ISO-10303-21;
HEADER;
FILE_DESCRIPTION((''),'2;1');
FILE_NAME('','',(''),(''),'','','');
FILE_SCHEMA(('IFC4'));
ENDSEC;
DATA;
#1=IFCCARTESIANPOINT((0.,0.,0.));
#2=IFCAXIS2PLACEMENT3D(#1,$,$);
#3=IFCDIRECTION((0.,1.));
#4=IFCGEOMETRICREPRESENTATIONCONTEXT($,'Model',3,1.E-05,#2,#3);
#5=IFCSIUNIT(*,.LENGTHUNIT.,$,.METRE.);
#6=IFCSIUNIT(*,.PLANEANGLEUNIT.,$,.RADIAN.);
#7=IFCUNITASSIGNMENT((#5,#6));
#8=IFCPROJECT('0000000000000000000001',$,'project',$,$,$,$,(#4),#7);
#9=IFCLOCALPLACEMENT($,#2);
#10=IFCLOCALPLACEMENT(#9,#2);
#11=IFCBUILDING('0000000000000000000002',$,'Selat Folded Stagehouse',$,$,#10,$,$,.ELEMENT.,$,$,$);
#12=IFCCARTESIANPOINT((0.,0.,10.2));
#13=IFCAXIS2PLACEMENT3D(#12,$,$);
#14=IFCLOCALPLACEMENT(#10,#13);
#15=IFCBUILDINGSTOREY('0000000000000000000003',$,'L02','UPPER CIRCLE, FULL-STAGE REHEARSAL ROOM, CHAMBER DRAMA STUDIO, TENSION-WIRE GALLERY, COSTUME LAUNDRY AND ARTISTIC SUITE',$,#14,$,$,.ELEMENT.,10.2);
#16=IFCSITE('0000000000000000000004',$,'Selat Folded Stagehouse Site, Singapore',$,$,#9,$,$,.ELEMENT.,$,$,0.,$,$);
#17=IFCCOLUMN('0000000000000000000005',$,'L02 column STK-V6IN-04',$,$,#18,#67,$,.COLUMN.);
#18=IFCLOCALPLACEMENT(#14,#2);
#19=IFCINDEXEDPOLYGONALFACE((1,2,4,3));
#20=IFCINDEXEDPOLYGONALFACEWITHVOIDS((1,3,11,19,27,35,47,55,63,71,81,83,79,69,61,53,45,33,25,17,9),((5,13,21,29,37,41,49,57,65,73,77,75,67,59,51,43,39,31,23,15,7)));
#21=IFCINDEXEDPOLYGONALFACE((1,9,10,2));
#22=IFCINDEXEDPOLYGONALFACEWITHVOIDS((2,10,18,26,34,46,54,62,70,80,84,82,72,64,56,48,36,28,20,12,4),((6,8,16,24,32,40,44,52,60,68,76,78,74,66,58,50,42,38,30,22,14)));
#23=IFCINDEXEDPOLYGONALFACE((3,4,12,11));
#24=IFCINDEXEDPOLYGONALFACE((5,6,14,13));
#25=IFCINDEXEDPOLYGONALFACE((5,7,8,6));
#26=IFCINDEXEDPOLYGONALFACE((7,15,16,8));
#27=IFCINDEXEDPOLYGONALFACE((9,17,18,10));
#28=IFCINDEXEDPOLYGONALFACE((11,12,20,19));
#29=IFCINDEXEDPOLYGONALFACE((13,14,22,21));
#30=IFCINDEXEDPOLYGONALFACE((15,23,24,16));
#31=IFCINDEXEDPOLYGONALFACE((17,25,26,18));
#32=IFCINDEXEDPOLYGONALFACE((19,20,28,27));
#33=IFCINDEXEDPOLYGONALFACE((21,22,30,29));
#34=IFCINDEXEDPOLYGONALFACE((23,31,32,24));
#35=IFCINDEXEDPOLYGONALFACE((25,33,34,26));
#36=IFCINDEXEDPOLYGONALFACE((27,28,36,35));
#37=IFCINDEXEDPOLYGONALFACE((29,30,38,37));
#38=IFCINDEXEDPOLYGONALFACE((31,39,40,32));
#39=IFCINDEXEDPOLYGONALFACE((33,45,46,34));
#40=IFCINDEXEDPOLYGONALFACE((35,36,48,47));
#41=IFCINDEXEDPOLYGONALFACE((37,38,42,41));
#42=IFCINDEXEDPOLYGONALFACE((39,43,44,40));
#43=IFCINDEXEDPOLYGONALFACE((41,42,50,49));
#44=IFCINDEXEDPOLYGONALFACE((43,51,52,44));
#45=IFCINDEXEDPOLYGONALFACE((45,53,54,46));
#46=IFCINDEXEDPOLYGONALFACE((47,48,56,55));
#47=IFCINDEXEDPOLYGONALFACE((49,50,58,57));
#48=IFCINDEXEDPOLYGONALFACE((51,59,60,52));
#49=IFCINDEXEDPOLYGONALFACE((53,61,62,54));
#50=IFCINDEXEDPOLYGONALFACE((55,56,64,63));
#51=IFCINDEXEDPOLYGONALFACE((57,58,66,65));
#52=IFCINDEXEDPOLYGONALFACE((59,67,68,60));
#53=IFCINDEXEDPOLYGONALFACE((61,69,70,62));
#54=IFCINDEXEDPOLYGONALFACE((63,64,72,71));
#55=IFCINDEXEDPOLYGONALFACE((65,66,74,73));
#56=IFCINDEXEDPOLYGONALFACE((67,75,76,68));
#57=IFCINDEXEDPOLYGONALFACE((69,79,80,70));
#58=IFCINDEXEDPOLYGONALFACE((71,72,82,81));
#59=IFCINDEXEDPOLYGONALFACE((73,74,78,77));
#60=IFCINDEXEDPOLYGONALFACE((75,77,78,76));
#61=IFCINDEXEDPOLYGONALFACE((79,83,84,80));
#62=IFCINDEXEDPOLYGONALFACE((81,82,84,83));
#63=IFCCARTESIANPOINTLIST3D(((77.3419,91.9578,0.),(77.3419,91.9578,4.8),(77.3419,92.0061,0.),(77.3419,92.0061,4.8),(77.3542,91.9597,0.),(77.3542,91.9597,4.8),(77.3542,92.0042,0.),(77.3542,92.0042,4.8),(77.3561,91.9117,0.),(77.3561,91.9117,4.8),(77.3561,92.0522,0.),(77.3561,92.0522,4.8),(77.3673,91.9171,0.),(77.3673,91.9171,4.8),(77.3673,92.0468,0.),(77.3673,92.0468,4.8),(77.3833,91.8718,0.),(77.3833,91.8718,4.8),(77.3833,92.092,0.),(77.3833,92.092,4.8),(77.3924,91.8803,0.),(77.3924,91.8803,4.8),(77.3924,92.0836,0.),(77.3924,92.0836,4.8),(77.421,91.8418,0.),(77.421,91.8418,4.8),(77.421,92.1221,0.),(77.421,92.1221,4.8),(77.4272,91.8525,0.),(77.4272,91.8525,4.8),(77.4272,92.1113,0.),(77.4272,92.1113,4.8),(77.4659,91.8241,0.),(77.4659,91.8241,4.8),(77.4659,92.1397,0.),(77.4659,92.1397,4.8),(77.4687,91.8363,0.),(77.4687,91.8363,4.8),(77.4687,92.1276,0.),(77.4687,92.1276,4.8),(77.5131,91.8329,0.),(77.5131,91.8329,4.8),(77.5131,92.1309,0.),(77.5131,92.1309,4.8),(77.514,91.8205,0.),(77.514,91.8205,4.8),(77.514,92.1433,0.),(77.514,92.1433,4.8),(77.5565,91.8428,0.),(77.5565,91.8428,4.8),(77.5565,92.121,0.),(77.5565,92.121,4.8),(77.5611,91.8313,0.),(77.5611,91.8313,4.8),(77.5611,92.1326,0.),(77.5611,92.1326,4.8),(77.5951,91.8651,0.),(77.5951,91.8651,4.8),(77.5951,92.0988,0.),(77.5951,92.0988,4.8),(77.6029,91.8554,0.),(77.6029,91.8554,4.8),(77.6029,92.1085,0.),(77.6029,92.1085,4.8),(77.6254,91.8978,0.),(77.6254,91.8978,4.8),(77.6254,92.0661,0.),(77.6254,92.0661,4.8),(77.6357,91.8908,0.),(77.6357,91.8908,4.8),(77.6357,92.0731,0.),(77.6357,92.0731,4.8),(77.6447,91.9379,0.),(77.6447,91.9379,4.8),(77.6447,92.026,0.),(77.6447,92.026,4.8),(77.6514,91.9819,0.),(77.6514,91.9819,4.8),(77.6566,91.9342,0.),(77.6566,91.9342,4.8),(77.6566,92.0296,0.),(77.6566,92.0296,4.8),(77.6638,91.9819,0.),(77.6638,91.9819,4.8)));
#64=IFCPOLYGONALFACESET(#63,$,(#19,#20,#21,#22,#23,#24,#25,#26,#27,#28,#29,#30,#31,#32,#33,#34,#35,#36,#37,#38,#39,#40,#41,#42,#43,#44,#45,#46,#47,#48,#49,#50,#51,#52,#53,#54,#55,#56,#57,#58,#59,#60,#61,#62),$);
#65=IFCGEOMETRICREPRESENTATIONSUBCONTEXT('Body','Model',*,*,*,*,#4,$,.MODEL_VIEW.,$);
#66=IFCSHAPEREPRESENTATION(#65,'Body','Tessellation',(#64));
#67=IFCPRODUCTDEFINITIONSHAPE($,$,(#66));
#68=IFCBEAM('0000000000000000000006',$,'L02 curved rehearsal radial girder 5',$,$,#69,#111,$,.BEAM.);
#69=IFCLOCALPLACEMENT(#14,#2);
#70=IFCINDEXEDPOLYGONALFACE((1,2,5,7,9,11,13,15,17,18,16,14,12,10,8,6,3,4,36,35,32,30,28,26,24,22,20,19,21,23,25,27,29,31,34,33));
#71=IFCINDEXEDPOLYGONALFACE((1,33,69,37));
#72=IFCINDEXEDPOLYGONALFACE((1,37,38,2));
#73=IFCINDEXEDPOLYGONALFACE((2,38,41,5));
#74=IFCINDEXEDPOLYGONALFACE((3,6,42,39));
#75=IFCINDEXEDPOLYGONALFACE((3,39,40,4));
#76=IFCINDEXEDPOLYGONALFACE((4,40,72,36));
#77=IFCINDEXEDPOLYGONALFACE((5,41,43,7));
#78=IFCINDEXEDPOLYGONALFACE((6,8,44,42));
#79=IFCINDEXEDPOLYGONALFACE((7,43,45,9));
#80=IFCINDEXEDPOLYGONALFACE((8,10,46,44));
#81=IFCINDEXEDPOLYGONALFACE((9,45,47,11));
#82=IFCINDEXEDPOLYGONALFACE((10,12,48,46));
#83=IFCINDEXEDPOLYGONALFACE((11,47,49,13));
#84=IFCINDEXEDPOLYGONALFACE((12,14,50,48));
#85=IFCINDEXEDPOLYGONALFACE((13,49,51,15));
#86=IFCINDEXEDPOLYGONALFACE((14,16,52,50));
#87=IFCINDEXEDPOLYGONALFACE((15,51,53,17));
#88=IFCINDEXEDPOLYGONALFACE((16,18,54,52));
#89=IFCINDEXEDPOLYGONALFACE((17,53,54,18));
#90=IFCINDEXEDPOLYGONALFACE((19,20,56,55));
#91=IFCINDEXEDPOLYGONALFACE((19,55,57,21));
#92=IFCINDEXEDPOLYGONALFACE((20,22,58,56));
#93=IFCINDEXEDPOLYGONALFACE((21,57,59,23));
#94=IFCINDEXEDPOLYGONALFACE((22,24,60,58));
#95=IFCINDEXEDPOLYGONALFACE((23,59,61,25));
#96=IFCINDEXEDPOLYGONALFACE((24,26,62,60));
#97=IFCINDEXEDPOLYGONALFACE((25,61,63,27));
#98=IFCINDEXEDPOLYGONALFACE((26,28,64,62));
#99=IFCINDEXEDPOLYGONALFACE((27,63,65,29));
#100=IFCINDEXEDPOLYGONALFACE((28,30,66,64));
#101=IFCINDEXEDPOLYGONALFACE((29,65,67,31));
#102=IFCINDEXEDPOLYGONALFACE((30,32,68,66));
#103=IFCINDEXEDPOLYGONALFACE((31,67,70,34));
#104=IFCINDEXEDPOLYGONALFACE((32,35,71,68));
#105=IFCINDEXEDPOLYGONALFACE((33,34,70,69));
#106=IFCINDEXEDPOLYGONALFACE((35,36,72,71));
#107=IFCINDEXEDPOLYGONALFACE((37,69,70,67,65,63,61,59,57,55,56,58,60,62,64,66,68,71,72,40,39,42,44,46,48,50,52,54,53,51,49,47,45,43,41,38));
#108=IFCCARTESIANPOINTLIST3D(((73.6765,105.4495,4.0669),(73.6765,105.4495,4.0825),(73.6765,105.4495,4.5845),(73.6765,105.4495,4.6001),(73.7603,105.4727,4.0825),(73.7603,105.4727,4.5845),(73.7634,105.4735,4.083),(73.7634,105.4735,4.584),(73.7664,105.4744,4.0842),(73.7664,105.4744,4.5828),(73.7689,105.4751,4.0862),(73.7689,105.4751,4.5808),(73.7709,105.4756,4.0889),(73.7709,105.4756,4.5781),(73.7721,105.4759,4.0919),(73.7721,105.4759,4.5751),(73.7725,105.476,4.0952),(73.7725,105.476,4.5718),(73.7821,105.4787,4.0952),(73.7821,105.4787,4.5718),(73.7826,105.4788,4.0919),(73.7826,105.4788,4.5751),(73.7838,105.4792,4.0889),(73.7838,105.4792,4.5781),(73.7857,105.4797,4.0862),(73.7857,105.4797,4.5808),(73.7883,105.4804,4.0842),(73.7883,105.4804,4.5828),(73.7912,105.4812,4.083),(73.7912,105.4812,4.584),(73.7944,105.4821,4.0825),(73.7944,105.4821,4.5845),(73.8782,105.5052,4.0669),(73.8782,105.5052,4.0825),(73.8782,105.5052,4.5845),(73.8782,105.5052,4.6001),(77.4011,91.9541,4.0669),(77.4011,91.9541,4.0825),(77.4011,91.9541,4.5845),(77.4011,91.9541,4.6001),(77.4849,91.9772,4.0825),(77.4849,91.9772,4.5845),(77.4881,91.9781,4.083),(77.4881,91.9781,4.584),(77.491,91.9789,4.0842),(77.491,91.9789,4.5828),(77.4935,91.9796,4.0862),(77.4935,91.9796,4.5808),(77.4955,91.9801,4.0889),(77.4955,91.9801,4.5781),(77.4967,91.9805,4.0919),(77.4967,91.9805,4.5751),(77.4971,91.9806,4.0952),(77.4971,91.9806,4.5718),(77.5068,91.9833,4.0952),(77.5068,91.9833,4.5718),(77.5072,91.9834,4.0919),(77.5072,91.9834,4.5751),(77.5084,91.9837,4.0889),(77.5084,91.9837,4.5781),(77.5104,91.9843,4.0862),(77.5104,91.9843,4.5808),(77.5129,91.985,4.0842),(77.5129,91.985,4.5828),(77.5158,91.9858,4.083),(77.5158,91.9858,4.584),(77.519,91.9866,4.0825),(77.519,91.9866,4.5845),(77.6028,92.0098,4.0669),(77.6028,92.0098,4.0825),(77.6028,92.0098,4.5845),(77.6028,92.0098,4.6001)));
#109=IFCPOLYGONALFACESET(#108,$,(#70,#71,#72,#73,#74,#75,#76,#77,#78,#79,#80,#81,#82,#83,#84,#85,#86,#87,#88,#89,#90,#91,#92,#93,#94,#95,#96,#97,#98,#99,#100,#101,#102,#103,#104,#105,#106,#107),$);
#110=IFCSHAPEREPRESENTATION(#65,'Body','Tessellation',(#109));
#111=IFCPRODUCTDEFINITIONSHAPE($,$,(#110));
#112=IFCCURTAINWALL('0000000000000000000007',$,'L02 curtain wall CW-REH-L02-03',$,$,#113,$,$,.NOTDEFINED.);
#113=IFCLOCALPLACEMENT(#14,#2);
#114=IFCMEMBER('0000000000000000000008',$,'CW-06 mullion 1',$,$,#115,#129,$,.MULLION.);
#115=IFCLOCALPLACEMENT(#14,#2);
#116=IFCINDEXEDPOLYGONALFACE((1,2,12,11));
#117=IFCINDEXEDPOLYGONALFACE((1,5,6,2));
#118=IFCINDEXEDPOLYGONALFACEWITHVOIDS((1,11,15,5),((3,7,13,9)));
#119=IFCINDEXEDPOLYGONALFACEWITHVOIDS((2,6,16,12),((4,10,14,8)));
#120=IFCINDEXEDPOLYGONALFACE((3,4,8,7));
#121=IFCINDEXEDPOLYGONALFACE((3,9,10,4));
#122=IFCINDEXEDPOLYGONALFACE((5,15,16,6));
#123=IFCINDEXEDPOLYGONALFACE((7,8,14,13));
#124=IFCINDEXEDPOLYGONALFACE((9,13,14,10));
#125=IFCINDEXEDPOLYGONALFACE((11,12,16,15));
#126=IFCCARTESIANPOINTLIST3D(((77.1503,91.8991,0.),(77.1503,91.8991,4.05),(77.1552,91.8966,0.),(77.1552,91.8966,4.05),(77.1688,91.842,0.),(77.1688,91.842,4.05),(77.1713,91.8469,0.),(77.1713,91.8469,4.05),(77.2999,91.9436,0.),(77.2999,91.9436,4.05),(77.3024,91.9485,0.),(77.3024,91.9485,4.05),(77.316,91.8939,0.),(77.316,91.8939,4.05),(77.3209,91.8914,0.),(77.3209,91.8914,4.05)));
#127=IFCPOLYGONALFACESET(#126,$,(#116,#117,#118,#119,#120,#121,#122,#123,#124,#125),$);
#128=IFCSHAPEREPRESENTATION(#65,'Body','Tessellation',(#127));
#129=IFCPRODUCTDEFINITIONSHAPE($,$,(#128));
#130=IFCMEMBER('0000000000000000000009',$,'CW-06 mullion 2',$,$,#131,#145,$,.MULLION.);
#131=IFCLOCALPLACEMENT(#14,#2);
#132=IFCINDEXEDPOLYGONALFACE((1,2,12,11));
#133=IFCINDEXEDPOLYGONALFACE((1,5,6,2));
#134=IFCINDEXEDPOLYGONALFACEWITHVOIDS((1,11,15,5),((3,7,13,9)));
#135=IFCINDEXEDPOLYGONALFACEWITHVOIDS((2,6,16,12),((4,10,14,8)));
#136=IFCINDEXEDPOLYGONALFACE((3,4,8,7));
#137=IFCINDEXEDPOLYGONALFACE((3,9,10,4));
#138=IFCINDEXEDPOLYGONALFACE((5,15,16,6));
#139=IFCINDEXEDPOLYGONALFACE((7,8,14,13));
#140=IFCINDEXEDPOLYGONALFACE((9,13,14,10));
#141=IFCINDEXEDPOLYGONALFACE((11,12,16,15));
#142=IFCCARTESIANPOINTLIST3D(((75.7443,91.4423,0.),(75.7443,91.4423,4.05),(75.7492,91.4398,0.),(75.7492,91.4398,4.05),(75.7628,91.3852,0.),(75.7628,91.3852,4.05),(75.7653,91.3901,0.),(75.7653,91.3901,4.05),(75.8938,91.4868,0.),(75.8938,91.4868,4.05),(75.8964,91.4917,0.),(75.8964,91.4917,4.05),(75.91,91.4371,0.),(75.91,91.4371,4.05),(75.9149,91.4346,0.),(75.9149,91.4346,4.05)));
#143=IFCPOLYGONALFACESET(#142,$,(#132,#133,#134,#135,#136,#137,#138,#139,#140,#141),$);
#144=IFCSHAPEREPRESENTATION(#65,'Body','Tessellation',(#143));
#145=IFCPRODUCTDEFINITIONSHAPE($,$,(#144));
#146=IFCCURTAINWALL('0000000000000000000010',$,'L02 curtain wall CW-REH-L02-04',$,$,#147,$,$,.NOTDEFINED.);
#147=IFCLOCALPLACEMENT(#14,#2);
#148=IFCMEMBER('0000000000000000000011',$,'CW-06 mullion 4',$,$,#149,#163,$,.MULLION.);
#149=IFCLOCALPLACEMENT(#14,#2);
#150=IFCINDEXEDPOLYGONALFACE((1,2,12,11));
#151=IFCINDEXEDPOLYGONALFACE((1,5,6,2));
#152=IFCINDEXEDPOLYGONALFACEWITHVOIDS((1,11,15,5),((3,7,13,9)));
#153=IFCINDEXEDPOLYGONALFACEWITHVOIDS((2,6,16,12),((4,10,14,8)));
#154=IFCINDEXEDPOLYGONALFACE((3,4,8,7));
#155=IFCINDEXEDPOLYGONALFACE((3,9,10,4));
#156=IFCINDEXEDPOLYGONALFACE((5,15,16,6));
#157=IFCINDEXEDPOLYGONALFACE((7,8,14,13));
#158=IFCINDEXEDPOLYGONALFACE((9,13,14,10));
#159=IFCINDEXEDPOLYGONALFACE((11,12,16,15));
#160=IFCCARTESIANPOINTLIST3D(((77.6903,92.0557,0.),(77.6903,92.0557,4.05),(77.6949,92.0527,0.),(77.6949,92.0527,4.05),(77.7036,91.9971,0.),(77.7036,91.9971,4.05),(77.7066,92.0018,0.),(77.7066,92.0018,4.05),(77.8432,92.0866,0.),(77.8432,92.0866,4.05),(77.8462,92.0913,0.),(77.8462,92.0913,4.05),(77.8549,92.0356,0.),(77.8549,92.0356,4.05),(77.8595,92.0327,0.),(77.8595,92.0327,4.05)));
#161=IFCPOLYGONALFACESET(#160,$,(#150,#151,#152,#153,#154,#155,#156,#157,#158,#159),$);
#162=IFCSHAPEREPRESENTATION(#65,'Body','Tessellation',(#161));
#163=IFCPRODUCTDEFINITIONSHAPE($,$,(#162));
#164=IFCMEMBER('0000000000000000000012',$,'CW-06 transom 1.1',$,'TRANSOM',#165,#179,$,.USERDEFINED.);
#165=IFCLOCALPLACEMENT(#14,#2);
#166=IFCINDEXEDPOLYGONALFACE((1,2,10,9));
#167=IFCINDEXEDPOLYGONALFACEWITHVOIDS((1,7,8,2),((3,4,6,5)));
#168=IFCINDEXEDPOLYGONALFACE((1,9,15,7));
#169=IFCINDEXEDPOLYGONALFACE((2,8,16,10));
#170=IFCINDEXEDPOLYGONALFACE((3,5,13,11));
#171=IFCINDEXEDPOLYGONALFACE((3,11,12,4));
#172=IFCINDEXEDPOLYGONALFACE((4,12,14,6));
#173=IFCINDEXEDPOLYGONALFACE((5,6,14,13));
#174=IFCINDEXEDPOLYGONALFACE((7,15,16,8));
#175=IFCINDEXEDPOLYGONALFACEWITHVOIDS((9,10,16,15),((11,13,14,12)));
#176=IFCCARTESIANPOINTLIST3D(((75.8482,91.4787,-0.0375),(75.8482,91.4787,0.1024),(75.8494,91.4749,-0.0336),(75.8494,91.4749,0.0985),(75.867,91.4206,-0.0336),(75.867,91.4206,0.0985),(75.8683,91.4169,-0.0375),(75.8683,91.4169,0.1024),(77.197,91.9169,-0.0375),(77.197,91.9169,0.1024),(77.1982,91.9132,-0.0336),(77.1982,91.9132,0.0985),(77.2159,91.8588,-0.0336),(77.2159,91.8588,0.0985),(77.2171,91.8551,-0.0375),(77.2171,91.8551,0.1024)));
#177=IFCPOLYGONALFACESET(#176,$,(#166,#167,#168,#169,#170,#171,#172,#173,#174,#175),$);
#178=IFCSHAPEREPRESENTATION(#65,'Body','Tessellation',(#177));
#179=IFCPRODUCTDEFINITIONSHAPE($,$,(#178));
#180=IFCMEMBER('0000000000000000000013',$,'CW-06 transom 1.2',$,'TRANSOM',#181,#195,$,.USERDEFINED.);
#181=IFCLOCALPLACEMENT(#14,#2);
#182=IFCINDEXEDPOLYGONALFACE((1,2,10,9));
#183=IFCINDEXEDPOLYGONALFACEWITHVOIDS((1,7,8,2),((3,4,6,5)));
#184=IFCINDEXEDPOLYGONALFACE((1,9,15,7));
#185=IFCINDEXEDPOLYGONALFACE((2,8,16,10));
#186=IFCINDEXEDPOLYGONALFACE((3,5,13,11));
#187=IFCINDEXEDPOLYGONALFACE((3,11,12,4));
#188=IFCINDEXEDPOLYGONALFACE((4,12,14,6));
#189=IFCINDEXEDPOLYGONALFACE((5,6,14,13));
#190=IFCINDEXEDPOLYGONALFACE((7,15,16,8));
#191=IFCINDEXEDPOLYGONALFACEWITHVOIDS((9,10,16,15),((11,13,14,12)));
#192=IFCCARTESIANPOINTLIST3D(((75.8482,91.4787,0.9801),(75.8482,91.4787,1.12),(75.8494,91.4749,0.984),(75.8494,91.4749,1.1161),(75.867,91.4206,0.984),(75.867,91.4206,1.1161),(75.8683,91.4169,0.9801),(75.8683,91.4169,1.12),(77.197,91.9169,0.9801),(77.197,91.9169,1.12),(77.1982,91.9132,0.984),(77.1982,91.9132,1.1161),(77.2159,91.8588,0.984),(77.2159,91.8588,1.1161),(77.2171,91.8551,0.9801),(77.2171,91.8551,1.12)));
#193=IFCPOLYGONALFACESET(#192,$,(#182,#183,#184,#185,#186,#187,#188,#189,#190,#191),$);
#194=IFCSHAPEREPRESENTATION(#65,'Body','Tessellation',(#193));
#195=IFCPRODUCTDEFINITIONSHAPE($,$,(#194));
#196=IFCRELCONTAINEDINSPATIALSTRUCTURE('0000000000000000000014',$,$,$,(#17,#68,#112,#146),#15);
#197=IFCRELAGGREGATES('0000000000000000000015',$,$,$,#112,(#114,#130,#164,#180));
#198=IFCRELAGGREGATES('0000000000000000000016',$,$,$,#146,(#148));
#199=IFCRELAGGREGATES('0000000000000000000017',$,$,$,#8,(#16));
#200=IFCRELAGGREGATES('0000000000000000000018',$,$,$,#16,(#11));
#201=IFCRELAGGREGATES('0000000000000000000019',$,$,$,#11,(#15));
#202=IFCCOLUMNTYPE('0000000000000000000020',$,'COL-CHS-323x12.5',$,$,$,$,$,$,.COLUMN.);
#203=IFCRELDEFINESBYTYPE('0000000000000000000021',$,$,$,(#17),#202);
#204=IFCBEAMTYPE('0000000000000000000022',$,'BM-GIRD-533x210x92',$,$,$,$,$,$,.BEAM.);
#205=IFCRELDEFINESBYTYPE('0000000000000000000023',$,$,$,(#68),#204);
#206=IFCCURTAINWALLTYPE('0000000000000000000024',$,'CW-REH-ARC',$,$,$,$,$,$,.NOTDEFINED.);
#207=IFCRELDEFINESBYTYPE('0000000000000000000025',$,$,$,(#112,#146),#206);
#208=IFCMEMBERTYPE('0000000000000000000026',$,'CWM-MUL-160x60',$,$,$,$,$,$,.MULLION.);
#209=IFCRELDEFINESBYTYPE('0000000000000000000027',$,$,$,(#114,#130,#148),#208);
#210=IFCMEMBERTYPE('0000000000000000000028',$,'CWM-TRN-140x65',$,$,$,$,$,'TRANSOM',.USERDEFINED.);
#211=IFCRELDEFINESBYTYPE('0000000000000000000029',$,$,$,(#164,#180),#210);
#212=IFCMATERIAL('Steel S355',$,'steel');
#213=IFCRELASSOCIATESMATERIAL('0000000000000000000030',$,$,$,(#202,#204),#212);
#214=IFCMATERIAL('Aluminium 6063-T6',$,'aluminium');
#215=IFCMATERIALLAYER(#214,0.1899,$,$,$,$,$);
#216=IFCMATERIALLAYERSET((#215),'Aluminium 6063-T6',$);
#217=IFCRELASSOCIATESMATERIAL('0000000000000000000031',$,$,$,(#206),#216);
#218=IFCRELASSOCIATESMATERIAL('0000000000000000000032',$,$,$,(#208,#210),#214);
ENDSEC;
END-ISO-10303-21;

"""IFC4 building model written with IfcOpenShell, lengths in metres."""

from ifc_helpers import new_model, si_unit, direction, frame, origin, origin_2d, place, context, subcontext, project, spatial, hollow_rectangle, hollow_circle, i_section, extrude, material, layer, layer_set, material_profile, profile_set, type_object, element, aggregate, save


model = new_model("IFC4")

# Units and contexts
model_context = context("Model", 3, precision=1e-05, world=origin(), true_north=direction((0.0, 1.0)))
body_context = subcontext(model_context, "Body", "Model", "MODEL_VIEW")
ifc_project = project(units=[si_unit("LENGTHUNIT", "METRE"), si_unit("PLANEANGLEUNIT", "RADIAN")], contexts=[model_context])

# Site, building, storey
site_placement = place(None, origin())
site = spatial("IfcSite", under=ifc_project, at=site_placement, Name="Selat Folded Stagehouse Site, Singapore", CompositionType="ELEMENT", RefElevation=0.0)
building_placement = place(site_placement, origin())
building = spatial("IfcBuilding", under=site, at=building_placement, Name="Selat Folded Stagehouse", CompositionType="ELEMENT")
storey_placement = place(building_placement, frame((0.0, 0.0, 10.2)))
storey = spatial("IfcBuildingStorey", under=building, at=storey_placement, Name="L02", Description="UPPER CIRCLE, FULL-STAGE REHEARSAL ROOM, CHAMBER DRAMA STUDIO, TENSION-WIRE GALLERY, COSTUME LAUNDRY AND ARTISTIC SUITE", CompositionType="ELEMENT", Elevation=10.2)

# Column
ifc_material_1 = material(Name="Steel S355", Category="steel")
ifc_material_profile_1 = material_profile(ifc_material_1, hollow_circle(Radius=0.1619, WallThickness=0.0125, at=origin_2d()), Name="CHS 323.9x12.5")
ifc_profile_set_1 = profile_set([ifc_material_profile_1], Name="Steel S355")
column_type = type_object("IfcColumnType", Name="COL-CHS-323x12.5", PredefinedType="COLUMN", material=ifc_profile_set_1)
column_placement = place(storey_placement, frame((77.502, 91.9819, 0.0), z_axis=(0.0, 0.0, 1.0), x_axis=(1.0, 0.0, 0.0)))
element("IfcColumn", 1, at=column_placement, inside=storey, type_object=column_type, Name="L02 column STK-V6IN-04", PredefinedType="COLUMN", context=body_context, shape_type="SweptSolid", body=[
    extrude(hollow_circle(Radius=0.1619, WallThickness=0.0125, at=origin_2d()), origin(), (0.0, 0.0, 1.0), 4.8),
])

# Beam
ifc_material_profile_2 = material_profile(ifc_material_1, i_section(OverallWidth=0.2092, OverallDepth=0.5332, WebThickness=0.01, FlangeThickness=0.0156, FilletRadius=0.0127, at=origin_2d()), Name="UKB 533x210x92")
ifc_profile_set_2 = profile_set([ifc_material_profile_2], Name="Steel S355")
beam_type_1 = type_object("IfcBeamType", Name="BM-GIRD-533x210x92", PredefinedType="BEAM", material=ifc_profile_set_2)
beam_1_placement = place(storey_placement, frame((77.502, 91.9819, 4.3335), z_axis=(-0.266045, 0.963961, 0.0), x_axis=(-0.963961, -0.266045, 0.0)))
element("IfcBeam", 2, at=beam_1_placement, inside=storey, type_object=beam_type_1, Name="L02 curved rehearsal radial girder 5", PredefinedType="BEAM", context=body_context, shape_type="SweptSolid", body=[
    extrude(i_section(OverallWidth=0.2092, OverallDepth=0.5332, WebThickness=0.01, FlangeThickness=0.0156, FilletRadius=0.0127, at=origin_2d()), origin(), (0.0, 0.0, 1.0), 14.0),
])

# Curtain wall, members
ifc_material_2 = material(Name="Aluminium 6063-T6", Category="aluminium")
ifc_layer_1 = layer(ifc_material_2, 0.1899)
ifc_layer_set_1 = layer_set([ifc_layer_1], Name="Aluminium 6063-T6")
curtain_wall_type = type_object("IfcCurtainWallType", Name="CW-REH-ARC", PredefinedType="NOTDEFINED", material=ifc_layer_set_1)
curtain_wall_1_placement = place(storey_placement, origin())
curtain_wall_1 = element("IfcCurtainWall", 3, at=curtain_wall_1_placement, inside=storey, type_object=curtain_wall_type, Name="L02 curtain wall CW-REH-L02-03", PredefinedType="NOTDEFINED")
ifc_material_profile_3 = material_profile(ifc_material_2, hollow_rectangle(XDim=0.0601, YDim=0.1599, WallThickness=0.0039, at=origin_2d()), Name="ALU 160x60x4.0")
ifc_profile_set_3 = profile_set([ifc_material_profile_3], Name="Aluminium 6063-T6")
member_type_1 = type_object("IfcMemberType", Name="CWM-MUL-160x60", PredefinedType="MULLION", material=ifc_profile_set_3)
member_1_placement = place(storey_placement, frame((77.2356, 91.8953, 0.0), z_axis=(0.0, 0.0, 1.0), x_axis=(0.308992, -0.951065, 0.0)))
member_1 = element("IfcMember", 4, at=member_1_placement, type_object=member_type_1, Name="CW-06 mullion 1", PredefinedType="MULLION", context=body_context, shape_type="SweptSolid", body=[
    extrude(hollow_rectangle(XDim=0.0601, YDim=0.1599, WallThickness=0.0039, at=origin_2d()), origin(), (0.0, 0.0, 1.0), 4.05),
])
member_2_placement = place(storey_placement, frame((75.8296, 91.4385, 0.0), z_axis=(0.0, 0.0, 1.0), x_axis=(0.308992, -0.951065, 0.0)))
member_2 = element("IfcMember", 5, at=member_2_placement, type_object=member_type_1, Name="CW-06 mullion 2", PredefinedType="MULLION", context=body_context, shape_type="SweptSolid", body=[
    extrude(hollow_rectangle(XDim=0.0601, YDim=0.1599, WallThickness=0.0039, at=origin_2d()), origin(), (0.0, 0.0, 1.0), 4.05),
])

# Curtain wall, member
curtain_wall_2_placement = place(storey_placement, origin())
curtain_wall_2 = element("IfcCurtainWall", 6, at=curtain_wall_2_placement, inside=storey, type_object=curtain_wall_type, Name="L02 curtain wall CW-REH-L02-04", PredefinedType="NOTDEFINED")
member_3_placement = place(storey_placement, frame((77.7749, 92.0442, 0.0), z_axis=(0.0, 0.0, 1.0), x_axis=(0.222543, -0.974923, 0.0)))
member_3 = element("IfcMember", 7, at=member_3_placement, type_object=member_type_1, Name="CW-06 mullion 4", PredefinedType="MULLION", context=body_context, shape_type="SweptSolid", body=[
    extrude(hollow_rectangle(XDim=0.0601, YDim=0.1599, WallThickness=0.0039, at=origin_2d()), origin(), (0.0, 0.0, 1.0), 4.05),
])

# Members
ifc_material_profile_4 = material_profile(ifc_material_2, hollow_rectangle(XDim=0.0649, YDim=0.1399, WallThickness=0.0039, at=origin_2d()), Name="ALU 140x65x4.0")
ifc_profile_set_4 = profile_set([ifc_material_profile_4], Name="Aluminium 6063-T6")
member_type_2 = type_object("IfcMemberType", Name="CWM-TRN-140x65", ElementType="TRANSOM", PredefinedType="USERDEFINED", material=ifc_profile_set_4)
member_4_placement = place(storey_placement, frame((77.207, 91.886, 0.0325), z_axis=(-0.951066, -0.308989, 0.0), x_axis=(0.308989, -0.951066, 0.0)))
member_4 = element("IfcMember", 8, at=member_4_placement, type_object=member_type_2, Name="CW-06 transom 1.1", ObjectType="TRANSOM", PredefinedType="USERDEFINED", context=body_context, shape_type="SweptSolid", body=[
    extrude(hollow_rectangle(XDim=0.0649, YDim=0.1399, WallThickness=0.0039, at=origin_2d()), origin(), (0.0, 0.0, 1.0), 1.4182),
])
member_5_placement = place(storey_placement, frame((77.207, 91.886, 1.05), z_axis=(-0.951066, -0.308989, 0.0), x_axis=(0.308989, -0.951066, 0.0)))
member_5 = element("IfcMember", 9, at=member_5_placement, type_object=member_type_2, Name="CW-06 transom 1.2", ObjectType="TRANSOM", PredefinedType="USERDEFINED", context=body_context, shape_type="SweptSolid", body=[
    extrude(hollow_rectangle(XDim=0.0649, YDim=0.1399, WallThickness=0.0039, at=origin_2d()), origin(), (0.0, 0.0, 1.0), 1.4182),
])

aggregate(curtain_wall_1, [member_1, member_2, member_4, member_5])
aggregate(curtain_wall_2, [member_3])

save(model, "model.ifc")
